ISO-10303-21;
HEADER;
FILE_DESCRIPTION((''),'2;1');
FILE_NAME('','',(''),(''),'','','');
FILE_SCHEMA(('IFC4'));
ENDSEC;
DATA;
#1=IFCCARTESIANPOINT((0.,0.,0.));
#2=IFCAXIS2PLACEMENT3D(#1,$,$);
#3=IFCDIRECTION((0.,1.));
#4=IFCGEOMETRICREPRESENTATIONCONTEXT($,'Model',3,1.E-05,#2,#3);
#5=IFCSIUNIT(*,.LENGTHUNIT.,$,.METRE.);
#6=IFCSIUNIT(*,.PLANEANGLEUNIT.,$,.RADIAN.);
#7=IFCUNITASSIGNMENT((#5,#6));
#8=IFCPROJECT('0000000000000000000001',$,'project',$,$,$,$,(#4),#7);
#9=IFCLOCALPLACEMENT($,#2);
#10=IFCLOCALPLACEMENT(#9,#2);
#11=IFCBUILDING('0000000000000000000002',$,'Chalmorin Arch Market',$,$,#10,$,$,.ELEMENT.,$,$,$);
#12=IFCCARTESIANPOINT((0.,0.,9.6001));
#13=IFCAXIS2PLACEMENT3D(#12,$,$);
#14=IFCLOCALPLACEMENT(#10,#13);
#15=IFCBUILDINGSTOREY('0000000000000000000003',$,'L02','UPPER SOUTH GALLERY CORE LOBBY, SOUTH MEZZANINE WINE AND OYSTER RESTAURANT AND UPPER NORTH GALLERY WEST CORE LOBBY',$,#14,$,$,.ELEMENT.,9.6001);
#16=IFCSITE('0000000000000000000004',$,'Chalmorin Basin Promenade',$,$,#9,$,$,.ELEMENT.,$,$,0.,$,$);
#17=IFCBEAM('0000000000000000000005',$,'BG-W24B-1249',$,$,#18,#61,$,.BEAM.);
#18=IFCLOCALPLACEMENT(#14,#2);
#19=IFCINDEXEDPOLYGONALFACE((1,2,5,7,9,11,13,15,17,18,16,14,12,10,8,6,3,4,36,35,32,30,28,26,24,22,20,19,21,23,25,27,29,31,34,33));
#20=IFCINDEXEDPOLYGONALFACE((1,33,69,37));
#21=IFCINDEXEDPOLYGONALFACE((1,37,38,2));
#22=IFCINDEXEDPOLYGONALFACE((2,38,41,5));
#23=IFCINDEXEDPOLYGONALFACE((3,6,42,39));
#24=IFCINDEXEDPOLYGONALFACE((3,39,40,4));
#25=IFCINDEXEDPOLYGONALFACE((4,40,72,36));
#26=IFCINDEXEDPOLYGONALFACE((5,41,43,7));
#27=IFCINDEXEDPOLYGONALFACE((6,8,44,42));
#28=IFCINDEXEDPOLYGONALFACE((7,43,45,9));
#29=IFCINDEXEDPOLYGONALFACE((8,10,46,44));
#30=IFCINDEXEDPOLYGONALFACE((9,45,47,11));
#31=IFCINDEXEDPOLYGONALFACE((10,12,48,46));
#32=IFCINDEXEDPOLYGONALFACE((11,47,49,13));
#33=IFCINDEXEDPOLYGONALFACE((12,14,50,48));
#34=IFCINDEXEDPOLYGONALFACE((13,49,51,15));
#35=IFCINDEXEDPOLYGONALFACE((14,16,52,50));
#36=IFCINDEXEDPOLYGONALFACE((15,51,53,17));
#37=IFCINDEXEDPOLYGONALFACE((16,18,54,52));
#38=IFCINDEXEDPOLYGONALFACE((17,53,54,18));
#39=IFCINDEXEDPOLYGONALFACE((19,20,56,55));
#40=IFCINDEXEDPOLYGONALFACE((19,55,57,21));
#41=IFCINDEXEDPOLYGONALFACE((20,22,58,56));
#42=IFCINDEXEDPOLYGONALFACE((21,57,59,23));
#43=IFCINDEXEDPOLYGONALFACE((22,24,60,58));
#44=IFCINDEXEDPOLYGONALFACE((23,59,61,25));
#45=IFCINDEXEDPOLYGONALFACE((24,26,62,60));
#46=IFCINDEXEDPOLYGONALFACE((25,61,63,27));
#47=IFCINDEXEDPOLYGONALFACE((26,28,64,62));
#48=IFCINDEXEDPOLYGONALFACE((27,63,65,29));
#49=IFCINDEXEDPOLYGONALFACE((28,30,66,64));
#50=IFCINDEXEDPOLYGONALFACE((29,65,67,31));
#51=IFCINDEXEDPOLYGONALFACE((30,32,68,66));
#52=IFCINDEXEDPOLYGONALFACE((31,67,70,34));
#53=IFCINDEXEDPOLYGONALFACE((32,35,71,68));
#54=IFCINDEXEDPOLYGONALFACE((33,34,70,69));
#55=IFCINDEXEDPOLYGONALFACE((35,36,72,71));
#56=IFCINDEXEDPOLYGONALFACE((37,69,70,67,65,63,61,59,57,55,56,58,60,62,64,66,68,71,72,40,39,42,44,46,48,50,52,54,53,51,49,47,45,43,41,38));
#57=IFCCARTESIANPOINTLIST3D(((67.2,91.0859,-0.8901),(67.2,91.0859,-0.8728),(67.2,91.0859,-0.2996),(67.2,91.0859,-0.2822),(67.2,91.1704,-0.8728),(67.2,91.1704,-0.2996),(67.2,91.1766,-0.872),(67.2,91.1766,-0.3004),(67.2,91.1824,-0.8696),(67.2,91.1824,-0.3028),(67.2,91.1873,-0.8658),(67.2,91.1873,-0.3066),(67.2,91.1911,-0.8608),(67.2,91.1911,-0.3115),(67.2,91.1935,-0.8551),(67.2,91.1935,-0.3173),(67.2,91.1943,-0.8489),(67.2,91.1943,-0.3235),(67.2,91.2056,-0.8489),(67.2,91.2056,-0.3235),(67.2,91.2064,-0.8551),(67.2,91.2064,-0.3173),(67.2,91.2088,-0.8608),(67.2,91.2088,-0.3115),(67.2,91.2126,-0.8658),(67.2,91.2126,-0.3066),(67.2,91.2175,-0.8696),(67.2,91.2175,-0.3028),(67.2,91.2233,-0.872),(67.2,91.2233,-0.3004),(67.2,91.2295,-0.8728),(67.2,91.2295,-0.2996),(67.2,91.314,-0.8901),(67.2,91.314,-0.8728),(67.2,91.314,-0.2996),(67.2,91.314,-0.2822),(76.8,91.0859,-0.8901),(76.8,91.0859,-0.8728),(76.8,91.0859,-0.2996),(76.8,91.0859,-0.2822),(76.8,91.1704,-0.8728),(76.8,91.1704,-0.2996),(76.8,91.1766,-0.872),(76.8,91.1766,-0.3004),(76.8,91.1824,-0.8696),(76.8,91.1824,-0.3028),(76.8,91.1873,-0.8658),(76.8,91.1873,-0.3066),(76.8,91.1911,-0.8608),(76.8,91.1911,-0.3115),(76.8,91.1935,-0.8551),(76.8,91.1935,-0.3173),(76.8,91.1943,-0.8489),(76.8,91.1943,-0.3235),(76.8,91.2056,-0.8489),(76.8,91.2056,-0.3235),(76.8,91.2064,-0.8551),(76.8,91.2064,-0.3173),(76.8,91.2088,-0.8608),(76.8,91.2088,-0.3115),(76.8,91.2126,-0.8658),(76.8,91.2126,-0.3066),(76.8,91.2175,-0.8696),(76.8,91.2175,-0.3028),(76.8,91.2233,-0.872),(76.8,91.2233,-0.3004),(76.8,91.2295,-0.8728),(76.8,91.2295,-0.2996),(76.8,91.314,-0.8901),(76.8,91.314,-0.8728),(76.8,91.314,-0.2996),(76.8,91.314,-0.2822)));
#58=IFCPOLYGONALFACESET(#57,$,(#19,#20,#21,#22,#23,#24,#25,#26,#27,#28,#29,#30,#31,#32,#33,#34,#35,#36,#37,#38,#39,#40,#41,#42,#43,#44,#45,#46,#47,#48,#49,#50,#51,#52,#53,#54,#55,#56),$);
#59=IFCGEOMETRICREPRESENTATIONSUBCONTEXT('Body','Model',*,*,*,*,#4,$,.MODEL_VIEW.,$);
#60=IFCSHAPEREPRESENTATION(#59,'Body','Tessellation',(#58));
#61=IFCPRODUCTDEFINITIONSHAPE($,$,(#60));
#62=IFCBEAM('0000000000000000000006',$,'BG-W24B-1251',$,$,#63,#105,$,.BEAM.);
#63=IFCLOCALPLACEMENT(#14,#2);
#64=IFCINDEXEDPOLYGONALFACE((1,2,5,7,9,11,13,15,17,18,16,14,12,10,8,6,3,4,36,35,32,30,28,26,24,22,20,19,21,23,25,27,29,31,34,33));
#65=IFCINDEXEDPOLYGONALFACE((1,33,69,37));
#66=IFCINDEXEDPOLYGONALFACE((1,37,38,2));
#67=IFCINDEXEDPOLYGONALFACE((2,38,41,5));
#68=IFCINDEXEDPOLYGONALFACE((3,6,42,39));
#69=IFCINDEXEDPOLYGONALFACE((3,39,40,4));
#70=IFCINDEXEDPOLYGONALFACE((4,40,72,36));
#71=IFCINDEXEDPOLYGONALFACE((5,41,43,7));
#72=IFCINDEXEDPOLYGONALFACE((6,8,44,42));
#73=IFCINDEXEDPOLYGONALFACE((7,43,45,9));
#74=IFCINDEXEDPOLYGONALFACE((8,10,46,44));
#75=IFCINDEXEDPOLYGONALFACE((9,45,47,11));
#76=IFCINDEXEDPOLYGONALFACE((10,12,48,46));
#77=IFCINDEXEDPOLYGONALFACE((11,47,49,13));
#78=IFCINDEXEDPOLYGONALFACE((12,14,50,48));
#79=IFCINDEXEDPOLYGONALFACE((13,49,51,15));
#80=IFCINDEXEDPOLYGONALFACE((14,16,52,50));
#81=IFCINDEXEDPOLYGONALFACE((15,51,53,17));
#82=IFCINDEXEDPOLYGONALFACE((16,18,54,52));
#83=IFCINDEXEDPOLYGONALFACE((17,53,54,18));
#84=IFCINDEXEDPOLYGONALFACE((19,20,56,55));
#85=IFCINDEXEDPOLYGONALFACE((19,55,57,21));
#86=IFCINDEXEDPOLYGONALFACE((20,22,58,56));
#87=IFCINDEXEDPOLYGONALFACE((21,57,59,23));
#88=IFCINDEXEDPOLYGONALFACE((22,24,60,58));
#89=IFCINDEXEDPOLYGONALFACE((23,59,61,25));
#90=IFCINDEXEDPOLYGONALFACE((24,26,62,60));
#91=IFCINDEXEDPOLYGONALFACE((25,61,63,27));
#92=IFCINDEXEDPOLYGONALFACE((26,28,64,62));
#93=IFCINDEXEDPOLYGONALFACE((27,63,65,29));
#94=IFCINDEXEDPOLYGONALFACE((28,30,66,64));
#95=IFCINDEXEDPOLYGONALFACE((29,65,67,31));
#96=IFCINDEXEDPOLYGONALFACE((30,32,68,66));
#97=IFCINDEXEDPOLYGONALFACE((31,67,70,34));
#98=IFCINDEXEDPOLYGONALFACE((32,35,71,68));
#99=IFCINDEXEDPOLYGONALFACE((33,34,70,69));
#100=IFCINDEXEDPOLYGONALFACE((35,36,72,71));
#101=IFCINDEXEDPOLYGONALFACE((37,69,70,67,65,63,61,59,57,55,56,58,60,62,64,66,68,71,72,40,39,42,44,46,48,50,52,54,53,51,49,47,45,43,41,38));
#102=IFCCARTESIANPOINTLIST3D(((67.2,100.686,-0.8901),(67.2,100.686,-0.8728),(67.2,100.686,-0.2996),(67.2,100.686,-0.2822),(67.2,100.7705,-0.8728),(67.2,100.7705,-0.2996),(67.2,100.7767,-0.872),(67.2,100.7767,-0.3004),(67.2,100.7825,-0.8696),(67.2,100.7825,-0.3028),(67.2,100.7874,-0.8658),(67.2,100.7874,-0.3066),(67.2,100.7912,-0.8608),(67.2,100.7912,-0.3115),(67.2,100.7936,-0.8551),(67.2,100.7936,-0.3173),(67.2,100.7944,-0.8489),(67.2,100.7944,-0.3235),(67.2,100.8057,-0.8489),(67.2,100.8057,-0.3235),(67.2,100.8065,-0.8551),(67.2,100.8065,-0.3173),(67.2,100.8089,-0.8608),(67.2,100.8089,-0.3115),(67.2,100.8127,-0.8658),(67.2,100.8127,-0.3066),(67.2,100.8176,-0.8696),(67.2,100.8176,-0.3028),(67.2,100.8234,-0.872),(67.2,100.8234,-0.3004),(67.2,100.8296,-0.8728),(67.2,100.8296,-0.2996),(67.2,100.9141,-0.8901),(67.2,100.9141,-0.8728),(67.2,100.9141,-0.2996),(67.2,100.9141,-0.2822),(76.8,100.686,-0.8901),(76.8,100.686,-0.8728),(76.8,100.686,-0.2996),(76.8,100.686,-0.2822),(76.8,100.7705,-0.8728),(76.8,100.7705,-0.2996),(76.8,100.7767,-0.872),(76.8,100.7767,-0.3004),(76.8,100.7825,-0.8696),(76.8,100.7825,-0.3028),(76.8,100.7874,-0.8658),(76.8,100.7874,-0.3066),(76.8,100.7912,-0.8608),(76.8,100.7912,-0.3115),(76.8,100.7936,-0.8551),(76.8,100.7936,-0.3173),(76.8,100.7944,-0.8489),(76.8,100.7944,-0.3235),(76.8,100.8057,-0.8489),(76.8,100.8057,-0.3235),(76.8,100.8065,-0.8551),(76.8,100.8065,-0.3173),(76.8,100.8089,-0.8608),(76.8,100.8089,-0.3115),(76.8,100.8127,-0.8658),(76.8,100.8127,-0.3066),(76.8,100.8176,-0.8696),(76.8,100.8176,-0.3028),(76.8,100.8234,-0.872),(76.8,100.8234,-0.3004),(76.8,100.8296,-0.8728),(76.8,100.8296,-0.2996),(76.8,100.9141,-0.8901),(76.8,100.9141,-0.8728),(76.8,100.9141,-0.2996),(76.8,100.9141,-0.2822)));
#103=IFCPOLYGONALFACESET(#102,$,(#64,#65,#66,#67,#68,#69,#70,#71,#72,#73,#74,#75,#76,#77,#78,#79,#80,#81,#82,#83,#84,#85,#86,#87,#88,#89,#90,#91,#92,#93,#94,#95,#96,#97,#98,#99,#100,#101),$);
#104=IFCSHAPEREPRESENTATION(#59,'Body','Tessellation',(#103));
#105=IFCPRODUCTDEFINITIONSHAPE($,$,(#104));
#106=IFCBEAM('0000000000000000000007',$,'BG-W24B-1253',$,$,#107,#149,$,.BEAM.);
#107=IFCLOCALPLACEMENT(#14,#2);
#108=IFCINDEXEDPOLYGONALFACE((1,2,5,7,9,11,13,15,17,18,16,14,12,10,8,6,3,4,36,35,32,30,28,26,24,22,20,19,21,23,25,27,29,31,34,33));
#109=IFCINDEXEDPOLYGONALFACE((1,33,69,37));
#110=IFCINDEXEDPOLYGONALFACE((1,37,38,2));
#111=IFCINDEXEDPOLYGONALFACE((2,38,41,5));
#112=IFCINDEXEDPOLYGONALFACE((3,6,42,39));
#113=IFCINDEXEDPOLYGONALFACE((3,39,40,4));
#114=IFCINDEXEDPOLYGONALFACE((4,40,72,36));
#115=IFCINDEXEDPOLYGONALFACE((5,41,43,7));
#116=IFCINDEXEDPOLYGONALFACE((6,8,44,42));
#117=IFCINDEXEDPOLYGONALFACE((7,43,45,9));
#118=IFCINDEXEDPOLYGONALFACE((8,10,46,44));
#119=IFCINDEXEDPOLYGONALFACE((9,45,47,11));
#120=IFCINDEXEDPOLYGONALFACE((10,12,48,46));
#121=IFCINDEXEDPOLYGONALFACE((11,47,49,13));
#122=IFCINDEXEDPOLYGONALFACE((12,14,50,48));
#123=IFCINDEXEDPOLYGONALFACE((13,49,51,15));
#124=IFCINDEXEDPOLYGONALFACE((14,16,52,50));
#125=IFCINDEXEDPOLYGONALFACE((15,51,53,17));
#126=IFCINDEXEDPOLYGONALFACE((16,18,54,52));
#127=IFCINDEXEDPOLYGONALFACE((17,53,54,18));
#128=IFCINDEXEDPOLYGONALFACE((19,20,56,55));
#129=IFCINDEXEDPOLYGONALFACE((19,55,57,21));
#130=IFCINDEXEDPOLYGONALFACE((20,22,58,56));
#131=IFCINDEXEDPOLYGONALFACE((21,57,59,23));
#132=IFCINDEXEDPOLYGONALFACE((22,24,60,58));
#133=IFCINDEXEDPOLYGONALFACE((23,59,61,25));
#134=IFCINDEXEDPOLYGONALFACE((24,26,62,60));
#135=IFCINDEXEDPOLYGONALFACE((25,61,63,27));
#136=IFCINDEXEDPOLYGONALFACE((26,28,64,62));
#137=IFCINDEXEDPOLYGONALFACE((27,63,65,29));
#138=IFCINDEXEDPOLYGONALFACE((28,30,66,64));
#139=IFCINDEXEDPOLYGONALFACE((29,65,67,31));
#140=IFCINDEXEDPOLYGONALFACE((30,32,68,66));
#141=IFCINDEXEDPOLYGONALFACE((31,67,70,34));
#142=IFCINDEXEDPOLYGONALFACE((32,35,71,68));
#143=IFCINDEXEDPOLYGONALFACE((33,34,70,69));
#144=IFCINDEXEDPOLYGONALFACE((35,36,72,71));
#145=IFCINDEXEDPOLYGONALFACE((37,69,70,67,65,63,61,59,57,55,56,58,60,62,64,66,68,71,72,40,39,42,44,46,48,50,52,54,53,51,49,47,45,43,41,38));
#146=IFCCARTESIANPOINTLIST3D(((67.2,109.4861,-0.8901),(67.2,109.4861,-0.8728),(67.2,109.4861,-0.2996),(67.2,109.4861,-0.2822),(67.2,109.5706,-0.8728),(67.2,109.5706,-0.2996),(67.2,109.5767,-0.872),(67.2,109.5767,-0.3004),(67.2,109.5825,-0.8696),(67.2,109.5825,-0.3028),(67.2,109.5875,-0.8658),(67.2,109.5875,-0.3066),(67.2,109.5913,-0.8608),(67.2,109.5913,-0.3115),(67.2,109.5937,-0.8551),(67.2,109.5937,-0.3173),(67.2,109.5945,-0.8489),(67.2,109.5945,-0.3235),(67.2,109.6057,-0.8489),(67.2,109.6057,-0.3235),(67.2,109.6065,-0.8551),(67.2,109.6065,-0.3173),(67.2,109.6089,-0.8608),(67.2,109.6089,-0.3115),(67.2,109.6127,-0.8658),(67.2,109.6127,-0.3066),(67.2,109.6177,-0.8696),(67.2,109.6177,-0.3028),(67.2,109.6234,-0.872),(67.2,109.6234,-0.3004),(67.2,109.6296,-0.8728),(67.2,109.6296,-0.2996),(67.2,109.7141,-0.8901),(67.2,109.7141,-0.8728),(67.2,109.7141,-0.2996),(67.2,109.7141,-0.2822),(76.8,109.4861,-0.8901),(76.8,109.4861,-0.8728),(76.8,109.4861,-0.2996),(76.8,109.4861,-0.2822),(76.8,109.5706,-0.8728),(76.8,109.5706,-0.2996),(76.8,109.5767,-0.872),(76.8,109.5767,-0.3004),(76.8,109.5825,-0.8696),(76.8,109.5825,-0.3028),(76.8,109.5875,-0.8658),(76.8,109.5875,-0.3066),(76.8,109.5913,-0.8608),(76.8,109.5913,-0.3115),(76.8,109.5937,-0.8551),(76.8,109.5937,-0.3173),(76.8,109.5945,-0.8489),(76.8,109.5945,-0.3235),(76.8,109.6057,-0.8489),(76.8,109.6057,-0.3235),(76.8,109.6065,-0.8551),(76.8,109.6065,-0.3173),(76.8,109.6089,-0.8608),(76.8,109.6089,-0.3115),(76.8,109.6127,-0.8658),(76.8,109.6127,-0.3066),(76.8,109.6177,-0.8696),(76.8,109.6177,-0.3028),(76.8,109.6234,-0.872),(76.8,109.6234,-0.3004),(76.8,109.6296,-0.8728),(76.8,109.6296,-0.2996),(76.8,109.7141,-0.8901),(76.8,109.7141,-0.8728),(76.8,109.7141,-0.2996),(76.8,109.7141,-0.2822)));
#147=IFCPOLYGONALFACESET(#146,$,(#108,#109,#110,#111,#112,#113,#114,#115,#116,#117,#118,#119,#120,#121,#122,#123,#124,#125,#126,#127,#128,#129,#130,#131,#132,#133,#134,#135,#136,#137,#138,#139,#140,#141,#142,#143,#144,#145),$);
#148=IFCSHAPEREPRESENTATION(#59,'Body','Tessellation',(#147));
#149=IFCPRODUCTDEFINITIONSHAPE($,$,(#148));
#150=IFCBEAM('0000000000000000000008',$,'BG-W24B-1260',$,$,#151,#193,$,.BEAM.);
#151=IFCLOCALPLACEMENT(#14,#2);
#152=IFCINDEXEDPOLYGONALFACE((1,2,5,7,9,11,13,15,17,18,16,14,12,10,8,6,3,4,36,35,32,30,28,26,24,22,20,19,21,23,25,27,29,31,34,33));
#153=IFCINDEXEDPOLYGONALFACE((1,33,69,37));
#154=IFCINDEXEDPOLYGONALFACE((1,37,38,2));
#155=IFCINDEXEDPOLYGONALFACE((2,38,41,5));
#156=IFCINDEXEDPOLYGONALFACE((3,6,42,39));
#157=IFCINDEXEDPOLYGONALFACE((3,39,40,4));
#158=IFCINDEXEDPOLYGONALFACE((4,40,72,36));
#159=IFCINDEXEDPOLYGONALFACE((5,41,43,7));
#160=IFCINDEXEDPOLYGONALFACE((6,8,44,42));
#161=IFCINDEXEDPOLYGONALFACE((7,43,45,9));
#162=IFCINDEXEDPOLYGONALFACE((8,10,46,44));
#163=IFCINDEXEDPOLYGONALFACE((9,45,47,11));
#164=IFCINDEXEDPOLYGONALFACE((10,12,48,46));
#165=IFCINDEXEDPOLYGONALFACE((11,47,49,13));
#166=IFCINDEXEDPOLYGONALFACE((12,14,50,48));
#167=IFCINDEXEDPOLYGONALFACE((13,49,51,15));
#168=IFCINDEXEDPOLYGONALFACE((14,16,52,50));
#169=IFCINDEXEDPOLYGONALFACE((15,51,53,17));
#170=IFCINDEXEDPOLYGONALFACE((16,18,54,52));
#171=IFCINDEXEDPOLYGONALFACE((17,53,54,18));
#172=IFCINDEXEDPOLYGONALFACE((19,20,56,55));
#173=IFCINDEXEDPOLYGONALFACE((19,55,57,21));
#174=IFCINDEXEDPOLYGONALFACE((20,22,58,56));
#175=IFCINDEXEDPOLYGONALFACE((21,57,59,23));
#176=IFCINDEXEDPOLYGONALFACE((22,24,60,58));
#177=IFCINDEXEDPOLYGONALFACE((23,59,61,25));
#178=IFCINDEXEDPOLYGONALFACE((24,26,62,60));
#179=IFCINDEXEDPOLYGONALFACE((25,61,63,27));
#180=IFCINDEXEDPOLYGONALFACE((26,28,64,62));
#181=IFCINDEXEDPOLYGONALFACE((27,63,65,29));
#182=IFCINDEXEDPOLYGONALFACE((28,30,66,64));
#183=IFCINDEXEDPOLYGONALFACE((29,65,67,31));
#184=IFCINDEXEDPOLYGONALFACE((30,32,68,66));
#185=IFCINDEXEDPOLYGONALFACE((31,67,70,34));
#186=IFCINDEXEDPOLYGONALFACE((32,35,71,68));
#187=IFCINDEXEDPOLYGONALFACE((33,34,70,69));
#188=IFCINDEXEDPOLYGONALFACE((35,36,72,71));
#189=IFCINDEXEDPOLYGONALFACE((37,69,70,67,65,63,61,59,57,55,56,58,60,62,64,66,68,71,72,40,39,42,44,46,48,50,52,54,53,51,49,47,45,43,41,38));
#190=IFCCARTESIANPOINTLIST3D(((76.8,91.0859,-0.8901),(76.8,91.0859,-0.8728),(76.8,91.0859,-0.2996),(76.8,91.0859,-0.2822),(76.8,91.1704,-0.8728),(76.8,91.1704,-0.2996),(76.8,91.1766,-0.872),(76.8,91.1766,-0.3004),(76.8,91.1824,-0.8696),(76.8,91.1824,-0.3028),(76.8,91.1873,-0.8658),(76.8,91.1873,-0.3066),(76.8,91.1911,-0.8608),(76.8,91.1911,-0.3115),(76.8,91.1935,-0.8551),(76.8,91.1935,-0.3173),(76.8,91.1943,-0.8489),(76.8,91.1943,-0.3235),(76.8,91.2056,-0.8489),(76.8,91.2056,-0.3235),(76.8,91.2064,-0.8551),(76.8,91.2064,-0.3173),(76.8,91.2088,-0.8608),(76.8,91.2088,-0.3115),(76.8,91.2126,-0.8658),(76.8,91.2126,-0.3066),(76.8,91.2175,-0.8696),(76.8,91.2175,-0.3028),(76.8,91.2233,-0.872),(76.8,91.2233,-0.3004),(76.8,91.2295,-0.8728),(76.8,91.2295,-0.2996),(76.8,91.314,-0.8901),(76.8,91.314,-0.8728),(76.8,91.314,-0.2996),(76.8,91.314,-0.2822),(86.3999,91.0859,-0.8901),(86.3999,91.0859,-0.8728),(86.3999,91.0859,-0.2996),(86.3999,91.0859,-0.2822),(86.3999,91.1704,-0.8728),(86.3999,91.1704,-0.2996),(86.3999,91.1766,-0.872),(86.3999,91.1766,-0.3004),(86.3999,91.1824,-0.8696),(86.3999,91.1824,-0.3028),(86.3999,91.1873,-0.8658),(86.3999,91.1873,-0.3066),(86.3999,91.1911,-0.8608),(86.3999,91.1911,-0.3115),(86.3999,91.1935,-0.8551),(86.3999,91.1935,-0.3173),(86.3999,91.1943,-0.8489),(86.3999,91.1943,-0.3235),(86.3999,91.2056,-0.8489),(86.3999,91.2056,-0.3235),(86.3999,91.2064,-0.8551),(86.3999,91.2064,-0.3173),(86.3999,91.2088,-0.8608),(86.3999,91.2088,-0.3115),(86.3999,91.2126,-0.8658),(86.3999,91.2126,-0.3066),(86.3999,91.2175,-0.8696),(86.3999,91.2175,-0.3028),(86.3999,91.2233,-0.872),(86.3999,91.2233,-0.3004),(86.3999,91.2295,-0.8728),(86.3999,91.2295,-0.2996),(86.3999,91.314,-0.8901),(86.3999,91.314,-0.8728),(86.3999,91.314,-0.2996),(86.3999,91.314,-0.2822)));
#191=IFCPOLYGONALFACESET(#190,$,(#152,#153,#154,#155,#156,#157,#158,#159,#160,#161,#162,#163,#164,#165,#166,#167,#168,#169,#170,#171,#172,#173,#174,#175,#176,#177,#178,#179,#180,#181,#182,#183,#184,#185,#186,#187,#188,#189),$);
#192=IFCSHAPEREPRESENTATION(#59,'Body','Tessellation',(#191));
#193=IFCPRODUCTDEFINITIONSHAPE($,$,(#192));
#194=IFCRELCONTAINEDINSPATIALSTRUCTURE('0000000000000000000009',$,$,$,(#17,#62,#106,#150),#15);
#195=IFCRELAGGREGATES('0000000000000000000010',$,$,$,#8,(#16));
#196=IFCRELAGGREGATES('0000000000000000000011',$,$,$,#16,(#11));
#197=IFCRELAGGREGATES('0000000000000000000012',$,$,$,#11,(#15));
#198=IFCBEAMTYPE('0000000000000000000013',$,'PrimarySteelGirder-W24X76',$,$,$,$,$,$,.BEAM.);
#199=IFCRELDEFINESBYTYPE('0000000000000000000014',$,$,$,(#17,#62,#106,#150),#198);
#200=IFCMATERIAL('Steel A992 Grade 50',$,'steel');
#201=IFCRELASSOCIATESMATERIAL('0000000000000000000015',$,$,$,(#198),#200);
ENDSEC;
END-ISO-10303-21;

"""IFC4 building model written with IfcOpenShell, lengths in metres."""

from ifc_helpers import new_model, si_unit, direction, frame, origin, origin_2d, place, context, subcontext, project, spatial, i_section, extrude, material, material_profile, profile_set, type_object, element, save


model = new_model("IFC4")

# Units and contexts
model_context = context("Model", 3, precision=1e-05, world=origin(), true_north=direction((0.0, 1.0)))
body_context = subcontext(model_context, "Body", "Model", "MODEL_VIEW")
ifc_project = project(units=[si_unit("LENGTHUNIT", "METRE"), si_unit("PLANEANGLEUNIT", "RADIAN")], contexts=[model_context])

# Site, building, storey
site_placement = place(None, origin())
site = spatial("IfcSite", under=ifc_project, at=site_placement, Name="Chalmorin Basin Promenade", CompositionType="ELEMENT", RefElevation=0.0)
building_placement = place(site_placement, origin())
building = spatial("IfcBuilding", under=site, at=building_placement, Name="Chalmorin Arch Market", CompositionType="ELEMENT")
storey_placement = place(building_placement, frame((0.0, 0.0, 9.6001)))
storey = spatial("IfcBuildingStorey", under=building, at=storey_placement, Name="L02", Description="UPPER SOUTH GALLERY CORE LOBBY, SOUTH MEZZANINE WINE AND OYSTER RESTAURANT AND UPPER NORTH GALLERY WEST CORE LOBBY", CompositionType="ELEMENT", Elevation=9.6001)

# Beams
ifc_material_1 = material(Name="Steel A992 Grade 50", Category="steel")
ifc_material_profile_1 = material_profile(ifc_material_1, i_section(OverallWidth=0.228, OverallDepth=0.6079, WebThickness=0.0112, FlangeThickness=0.0173, FilletRadius=0.0239, at=origin_2d()), Name="W24X76")
ifc_profile_set_1 = profile_set([ifc_material_profile_1], Name="Steel A992 Grade 50")
beam_type_1 = type_object("IfcBeamType", Name="PrimarySteelGirder-W24X76", PredefinedType="BEAM", material=ifc_profile_set_1)
for number, where, z_axis, x_axis, name in (
    (1, (67.2, 91.2, -0.5862), (1.0, 0.0, 0.0), (0.0, 1.0, 0.0), "BG-W24B-1249"),
    (2, (67.2, 100.8, -0.5862), (1.0, 0.0, 0.0), (0.0, 1.0, 0.0), "BG-W24B-1251"),
    (3, (67.2, 109.6001, -0.5862), (1.0, 0.0, 0.0), (0.0, 1.0, 0.0), "BG-W24B-1253"),
):
    element("IfcBeam", number, at=place(storey_placement, frame(where, z_axis=z_axis, x_axis=x_axis)), inside=storey, type_object=beam_type_1, Name=name, PredefinedType="BEAM", context=body_context, shape_type="SweptSolid", body=[
        extrude(i_section(OverallWidth=0.228, OverallDepth=0.6079, WebThickness=0.0112, FlangeThickness=0.0173, FilletRadius=0.0239, at=origin_2d()), origin(), (0.0, 0.0, 1.0), 9.6001),
    ])
beam_1_placement = place(storey_placement, frame((76.8, 91.2, -0.5862), z_axis=(1.0, 0.0, 0.0), x_axis=(0.0, 1.0, 0.0)))
element("IfcBeam", 4, at=beam_1_placement, inside=storey, type_object=beam_type_1, Name="BG-W24B-1260", PredefinedType="BEAM", context=body_context, shape_type="SweptSolid", body=[
    extrude(i_section(OverallWidth=0.228, OverallDepth=0.6079, WebThickness=0.0112, FlangeThickness=0.0173, FilletRadius=0.0239, at=origin_2d()), origin(), (0.0, 0.0, 1.0), 9.5999),
])

save(model, "model.ifc")
